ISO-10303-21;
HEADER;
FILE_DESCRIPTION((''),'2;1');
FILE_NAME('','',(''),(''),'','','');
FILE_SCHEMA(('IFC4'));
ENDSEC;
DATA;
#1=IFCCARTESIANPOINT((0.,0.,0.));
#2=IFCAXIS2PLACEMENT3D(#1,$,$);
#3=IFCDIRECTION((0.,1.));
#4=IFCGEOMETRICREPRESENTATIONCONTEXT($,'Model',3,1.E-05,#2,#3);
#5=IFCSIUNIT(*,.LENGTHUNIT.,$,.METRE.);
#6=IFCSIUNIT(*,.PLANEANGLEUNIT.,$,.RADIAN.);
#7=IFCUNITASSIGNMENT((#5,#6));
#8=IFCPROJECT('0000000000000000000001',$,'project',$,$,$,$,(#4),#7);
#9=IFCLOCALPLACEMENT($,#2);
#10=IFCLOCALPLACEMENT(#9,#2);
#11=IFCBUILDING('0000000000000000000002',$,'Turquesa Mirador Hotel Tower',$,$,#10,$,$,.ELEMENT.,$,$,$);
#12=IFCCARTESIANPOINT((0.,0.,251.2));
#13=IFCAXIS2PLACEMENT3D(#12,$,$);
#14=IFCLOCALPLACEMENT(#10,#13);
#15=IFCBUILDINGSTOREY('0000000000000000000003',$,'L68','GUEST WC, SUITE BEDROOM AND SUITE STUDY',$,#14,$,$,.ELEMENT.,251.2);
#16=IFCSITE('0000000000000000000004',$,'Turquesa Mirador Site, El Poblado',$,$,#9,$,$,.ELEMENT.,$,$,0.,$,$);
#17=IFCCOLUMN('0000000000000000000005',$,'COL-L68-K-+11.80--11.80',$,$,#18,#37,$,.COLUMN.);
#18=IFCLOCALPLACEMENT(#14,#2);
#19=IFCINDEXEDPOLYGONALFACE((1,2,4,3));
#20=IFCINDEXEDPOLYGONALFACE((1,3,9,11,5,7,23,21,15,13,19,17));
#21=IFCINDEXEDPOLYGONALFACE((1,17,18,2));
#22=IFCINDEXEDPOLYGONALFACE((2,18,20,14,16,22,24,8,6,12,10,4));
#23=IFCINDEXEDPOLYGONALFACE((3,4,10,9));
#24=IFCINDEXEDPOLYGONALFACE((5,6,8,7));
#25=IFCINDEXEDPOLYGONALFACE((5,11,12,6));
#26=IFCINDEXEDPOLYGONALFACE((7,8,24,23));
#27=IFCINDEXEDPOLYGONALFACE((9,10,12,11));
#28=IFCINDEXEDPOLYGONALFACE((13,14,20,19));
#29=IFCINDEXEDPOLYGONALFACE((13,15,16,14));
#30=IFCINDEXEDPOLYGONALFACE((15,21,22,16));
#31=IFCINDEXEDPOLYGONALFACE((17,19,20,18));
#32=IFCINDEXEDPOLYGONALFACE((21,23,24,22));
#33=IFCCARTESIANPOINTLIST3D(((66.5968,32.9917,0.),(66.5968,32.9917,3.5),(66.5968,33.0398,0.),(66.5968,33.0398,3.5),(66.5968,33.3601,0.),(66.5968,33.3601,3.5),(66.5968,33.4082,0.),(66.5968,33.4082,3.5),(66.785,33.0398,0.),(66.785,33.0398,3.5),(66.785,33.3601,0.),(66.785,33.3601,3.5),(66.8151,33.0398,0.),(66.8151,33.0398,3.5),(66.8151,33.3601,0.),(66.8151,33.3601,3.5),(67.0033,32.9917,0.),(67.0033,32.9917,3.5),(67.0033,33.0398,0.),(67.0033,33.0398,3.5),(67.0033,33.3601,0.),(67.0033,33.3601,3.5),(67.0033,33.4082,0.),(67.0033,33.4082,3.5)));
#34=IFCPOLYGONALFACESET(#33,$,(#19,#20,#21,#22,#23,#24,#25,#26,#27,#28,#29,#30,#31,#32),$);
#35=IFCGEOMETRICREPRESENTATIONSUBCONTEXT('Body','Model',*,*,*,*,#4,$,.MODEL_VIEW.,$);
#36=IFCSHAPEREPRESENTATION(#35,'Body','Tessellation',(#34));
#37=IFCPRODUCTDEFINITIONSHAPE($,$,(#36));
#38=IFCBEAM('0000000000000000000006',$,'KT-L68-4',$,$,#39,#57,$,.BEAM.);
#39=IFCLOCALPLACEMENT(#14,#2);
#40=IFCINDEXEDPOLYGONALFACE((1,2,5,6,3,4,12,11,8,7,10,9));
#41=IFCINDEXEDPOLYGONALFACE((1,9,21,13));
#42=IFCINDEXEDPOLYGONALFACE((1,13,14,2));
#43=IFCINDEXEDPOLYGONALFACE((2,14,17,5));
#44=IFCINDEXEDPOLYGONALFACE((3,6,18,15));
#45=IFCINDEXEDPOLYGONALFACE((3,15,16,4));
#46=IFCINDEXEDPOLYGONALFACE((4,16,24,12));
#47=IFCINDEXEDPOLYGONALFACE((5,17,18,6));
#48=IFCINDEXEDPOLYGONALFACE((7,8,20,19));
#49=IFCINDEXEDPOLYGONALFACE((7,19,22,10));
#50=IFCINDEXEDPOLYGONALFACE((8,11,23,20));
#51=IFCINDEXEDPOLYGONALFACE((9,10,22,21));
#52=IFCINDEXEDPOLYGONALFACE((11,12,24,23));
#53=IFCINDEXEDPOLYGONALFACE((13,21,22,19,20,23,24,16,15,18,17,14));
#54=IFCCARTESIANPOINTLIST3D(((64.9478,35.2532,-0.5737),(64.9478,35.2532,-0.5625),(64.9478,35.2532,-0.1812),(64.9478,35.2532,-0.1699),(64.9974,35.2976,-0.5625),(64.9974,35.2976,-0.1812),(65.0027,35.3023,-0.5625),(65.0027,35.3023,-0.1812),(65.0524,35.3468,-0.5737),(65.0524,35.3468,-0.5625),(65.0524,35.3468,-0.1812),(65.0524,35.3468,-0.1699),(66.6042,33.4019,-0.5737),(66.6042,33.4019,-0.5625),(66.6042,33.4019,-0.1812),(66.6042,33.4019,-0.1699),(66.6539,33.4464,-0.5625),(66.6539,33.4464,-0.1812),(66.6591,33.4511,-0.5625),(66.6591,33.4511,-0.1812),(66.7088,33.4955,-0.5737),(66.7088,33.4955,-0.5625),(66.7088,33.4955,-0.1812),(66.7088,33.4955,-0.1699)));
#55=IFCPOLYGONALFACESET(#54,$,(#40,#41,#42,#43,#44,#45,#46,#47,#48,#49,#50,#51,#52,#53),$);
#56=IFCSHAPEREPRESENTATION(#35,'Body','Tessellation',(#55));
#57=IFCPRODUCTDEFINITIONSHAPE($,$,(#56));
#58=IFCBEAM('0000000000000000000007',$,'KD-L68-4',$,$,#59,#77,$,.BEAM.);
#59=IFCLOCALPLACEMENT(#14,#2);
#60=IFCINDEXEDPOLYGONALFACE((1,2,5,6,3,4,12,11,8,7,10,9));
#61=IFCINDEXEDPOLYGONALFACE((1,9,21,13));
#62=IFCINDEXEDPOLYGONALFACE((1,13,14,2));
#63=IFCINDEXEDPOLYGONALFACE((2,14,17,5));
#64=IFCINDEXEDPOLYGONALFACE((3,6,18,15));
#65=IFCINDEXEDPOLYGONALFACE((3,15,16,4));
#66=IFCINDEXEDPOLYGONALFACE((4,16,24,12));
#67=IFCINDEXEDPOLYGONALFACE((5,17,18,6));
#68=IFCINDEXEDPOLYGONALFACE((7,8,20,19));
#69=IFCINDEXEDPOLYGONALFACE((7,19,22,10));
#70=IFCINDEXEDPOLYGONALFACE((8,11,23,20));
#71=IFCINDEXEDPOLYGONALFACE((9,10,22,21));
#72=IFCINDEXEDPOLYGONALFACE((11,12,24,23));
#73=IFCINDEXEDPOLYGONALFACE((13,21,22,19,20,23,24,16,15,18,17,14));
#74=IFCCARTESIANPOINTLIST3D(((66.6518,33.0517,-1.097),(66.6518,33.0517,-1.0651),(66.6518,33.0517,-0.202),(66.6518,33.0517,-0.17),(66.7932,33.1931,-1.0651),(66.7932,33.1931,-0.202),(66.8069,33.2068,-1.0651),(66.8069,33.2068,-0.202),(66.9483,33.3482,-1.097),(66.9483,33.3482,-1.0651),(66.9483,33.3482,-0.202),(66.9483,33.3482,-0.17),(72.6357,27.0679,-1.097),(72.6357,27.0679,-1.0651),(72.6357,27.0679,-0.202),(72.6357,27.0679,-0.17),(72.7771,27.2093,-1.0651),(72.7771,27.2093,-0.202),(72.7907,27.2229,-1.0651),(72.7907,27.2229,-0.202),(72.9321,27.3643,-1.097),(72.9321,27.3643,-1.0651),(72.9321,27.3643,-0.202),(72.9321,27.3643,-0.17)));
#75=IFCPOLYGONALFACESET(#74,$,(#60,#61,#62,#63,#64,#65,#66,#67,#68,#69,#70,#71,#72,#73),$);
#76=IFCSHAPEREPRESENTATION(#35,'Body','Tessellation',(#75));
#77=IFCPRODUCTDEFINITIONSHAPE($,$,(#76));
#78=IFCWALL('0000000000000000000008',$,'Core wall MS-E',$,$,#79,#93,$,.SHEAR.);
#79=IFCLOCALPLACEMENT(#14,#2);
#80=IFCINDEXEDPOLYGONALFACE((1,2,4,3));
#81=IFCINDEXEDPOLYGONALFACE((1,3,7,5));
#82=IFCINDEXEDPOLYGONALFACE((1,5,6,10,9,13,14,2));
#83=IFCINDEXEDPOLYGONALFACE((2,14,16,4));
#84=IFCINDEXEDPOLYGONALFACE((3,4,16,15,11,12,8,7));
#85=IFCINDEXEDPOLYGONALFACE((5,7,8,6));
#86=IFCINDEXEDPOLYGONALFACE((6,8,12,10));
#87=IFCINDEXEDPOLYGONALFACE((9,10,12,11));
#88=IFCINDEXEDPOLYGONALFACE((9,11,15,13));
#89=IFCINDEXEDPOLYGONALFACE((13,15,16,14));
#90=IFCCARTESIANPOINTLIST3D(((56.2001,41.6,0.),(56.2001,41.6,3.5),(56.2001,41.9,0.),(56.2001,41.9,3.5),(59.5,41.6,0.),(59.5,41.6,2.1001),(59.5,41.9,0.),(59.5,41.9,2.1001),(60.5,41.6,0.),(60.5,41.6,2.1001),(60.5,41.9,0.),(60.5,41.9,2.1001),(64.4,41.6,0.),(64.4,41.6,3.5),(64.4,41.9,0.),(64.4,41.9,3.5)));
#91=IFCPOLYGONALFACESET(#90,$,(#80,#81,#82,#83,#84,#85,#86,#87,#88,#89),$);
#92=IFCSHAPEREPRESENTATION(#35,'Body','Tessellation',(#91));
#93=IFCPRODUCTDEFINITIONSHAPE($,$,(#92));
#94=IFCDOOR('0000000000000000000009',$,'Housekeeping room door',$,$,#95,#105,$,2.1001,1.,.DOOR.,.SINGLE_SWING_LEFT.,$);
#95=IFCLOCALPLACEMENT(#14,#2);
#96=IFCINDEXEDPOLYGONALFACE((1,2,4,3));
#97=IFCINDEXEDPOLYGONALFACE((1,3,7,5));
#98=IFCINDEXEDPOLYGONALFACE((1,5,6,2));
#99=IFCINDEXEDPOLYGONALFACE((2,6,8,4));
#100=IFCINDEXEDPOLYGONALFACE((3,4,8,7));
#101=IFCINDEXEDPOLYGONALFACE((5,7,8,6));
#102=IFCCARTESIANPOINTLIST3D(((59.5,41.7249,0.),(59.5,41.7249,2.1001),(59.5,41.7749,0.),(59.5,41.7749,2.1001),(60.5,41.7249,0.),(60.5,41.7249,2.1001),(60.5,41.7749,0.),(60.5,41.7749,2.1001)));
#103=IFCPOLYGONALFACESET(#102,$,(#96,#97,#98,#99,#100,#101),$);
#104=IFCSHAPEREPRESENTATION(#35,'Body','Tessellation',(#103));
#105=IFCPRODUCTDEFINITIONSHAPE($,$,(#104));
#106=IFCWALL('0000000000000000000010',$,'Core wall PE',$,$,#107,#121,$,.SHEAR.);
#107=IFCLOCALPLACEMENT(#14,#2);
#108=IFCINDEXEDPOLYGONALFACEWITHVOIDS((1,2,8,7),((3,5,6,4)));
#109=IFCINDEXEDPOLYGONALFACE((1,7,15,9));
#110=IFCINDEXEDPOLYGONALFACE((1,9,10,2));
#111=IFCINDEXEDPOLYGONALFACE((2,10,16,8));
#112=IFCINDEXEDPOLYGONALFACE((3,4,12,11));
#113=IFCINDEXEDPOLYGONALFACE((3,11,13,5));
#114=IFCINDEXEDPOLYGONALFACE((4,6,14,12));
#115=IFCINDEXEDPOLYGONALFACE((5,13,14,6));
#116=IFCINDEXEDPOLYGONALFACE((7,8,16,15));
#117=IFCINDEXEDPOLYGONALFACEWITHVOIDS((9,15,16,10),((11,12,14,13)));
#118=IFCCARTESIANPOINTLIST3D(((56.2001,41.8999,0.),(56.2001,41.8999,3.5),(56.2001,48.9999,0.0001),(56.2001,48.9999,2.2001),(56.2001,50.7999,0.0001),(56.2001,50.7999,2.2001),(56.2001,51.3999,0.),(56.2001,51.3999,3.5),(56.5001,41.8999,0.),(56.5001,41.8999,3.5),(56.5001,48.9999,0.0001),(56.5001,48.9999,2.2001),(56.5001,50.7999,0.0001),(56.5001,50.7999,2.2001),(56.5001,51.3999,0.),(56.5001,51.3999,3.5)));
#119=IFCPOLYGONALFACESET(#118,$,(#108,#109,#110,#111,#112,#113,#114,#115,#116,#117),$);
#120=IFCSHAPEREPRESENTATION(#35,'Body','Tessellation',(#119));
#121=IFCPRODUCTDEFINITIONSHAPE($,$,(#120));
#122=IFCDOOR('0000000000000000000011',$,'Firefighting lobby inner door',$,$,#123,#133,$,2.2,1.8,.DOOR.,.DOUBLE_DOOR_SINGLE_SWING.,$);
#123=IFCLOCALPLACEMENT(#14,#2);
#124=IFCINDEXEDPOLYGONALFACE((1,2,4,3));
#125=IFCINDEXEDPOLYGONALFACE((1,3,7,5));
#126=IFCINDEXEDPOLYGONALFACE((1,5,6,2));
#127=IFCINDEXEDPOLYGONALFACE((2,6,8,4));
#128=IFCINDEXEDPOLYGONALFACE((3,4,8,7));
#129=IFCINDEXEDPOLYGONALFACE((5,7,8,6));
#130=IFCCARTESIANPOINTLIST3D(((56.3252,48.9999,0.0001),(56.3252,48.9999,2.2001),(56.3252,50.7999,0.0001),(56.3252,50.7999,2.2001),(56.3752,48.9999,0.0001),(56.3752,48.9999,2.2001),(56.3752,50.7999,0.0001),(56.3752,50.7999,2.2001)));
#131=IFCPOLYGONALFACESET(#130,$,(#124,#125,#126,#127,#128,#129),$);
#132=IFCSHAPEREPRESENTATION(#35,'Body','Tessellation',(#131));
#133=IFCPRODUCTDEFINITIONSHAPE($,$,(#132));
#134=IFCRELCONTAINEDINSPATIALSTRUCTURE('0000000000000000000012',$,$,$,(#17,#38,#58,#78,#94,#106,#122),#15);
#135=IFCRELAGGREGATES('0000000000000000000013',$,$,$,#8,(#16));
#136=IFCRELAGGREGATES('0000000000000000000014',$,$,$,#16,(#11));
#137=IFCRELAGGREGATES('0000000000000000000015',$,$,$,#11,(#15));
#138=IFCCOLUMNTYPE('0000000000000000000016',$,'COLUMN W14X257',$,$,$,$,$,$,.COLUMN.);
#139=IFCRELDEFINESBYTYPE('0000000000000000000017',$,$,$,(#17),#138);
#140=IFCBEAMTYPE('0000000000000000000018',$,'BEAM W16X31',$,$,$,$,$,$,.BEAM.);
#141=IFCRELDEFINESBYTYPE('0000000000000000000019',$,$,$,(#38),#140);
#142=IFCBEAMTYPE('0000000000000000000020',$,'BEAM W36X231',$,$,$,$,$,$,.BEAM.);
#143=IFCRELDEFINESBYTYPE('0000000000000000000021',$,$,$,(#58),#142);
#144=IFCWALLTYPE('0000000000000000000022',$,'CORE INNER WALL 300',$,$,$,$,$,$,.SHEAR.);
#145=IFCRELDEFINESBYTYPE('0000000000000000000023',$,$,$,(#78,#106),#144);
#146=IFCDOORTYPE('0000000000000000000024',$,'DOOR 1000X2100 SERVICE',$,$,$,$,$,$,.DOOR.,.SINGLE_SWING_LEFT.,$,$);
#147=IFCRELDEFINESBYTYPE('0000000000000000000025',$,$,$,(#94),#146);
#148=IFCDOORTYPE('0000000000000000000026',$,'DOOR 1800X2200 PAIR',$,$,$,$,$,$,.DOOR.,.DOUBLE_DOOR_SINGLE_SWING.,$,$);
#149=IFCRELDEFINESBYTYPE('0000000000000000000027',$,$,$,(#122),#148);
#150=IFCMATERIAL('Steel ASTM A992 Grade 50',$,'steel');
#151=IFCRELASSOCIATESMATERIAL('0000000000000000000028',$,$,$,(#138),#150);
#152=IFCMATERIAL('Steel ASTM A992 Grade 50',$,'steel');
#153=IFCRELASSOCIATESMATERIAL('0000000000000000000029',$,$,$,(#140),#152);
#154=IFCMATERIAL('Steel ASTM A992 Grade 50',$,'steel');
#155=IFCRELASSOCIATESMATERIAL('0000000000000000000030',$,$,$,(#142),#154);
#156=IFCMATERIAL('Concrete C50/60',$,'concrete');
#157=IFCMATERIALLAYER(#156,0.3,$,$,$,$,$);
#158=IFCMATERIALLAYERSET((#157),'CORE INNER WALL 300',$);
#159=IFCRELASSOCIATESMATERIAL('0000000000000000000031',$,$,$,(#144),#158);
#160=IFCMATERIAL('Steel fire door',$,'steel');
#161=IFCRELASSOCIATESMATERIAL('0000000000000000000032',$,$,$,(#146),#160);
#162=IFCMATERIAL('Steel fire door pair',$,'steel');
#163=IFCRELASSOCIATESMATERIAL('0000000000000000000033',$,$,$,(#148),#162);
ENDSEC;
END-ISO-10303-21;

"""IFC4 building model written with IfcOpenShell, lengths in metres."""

from ifc_helpers import new_model, si_unit, direction, frame, frame_2d, origin, origin_2d, place, context, subcontext, project, spatial, rectangle, i_section, extrude, material, layer, layer_set, material_profile, profile_set, type_object, element, fill, save


model = new_model("IFC4")

# Units and contexts
model_context = context("Model", 3, precision=1e-05, world=origin(), true_north=direction((0.0, 1.0)))
body_context = subcontext(model_context, "Body", "Model", "MODEL_VIEW")
ifc_project = project(units=[si_unit("LENGTHUNIT", "METRE"), si_unit("PLANEANGLEUNIT", "RADIAN")], contexts=[model_context])

# Site, building, storey
site_placement = place(None, origin())
site = spatial("IfcSite", under=ifc_project, at=site_placement, Name="Turquesa Mirador Site, El Poblado", CompositionType="ELEMENT", RefElevation=0.0)
building_placement = place(site_placement, origin())
building = spatial("IfcBuilding", under=site, at=building_placement, Name="Turquesa Mirador Hotel Tower", CompositionType="ELEMENT")
storey_placement = place(building_placement, frame((0.0, 0.0, 251.2)))
storey = spatial("IfcBuildingStorey", under=building, at=storey_placement, Name="L68", Description="GUEST WC, SUITE BEDROOM AND SUITE STUDY", CompositionType="ELEMENT", Elevation=251.2)

# Column
ifc_material_1 = material(Name="Steel ASTM A992 Grade 50", Category="steel")
ifc_material_profile_1 = material_profile(ifc_material_1, i_section(OverallWidth=0.4065, OverallDepth=0.4165, WebThickness=0.03, FlangeThickness=0.0481, at=origin_2d()), Name="W14X257")
ifc_profile_set_1 = profile_set([ifc_material_profile_1], Name="Steel ASTM A992 Grade 50")
column_type = type_object("IfcColumnType", Name="COLUMN W14X257", PredefinedType="COLUMN", material=ifc_profile_set_1)
column_placement = place(storey_placement, frame((66.8, 33.2, 0.0), z_axis=(0.0, 0.0, 1.0), x_axis=(1.0, 0.0, 0.0)))
element("IfcColumn", 1, at=column_placement, inside=storey, type_object=column_type, Name="COL-L68-K-+11.80--11.80", PredefinedType="COLUMN", context=body_context, shape_type="SweptSolid", body=[
    extrude(i_section(OverallWidth=0.4065, OverallDepth=0.4165, WebThickness=0.03, FlangeThickness=0.0481, at=origin_2d()), origin(), (0.0, 0.0, 1.0), 3.5),
])

# Beams
ifc_material_2 = material(Name="Steel ASTM A992 Grade 50", Category="steel")
ifc_material_profile_2 = material_profile(ifc_material_2, i_section(OverallWidth=0.1404, OverallDepth=0.4038, WebThickness=0.0071, FlangeThickness=0.0112, at=origin_2d()), Name="W16X31")
ifc_profile_set_2 = profile_set([ifc_material_profile_2], Name="Steel ASTM A992 Grade 50")
beam_type_1 = type_object("IfcBeamType", Name="BEAM W16X31", PredefinedType="BEAM", material=ifc_profile_set_2)
beam_1_placement = place(storey_placement, frame((66.6565, 33.4487, -0.3718), z_axis=(-0.666806, 0.745231, 0.0), x_axis=(-0.745231, -0.666806, 0.0)))
element("IfcBeam", 2, at=beam_1_placement, inside=storey, type_object=beam_type_1, Name="KT-L68-4", PredefinedType="BEAM", context=body_context, shape_type="SweptSolid", body=[
    extrude(i_section(OverallWidth=0.1404, OverallDepth=0.4038, WebThickness=0.0071, FlangeThickness=0.0112, at=origin_2d()), origin(), (0.0, 0.0, 1.0), 2.4841),
])
ifc_material_3 = material(Name="Steel ASTM A992 Grade 50", Category="steel")
ifc_material_profile_3 = material_profile(ifc_material_3, i_section(OverallWidth=0.4192, OverallDepth=0.927, WebThickness=0.0193, FlangeThickness=0.032, at=origin_2d()), Name="W36X231")
ifc_profile_set_3 = profile_set([ifc_material_profile_3], Name="Steel ASTM A992 Grade 50")
beam_type_2 = type_object("IfcBeamType", Name="BEAM W36X231", PredefinedType="BEAM", material=ifc_profile_set_3)
beam_2_placement = place(storey_placement, frame((66.8, 33.2, -0.6335), z_axis=(0.707107, -0.707107, 0.0), x_axis=(0.707107, 0.707107, 0.0)))
element("IfcBeam", 3, at=beam_2_placement, inside=storey, type_object=beam_type_2, Name="KD-L68-4", PredefinedType="BEAM", context=body_context, shape_type="SweptSolid", body=[
    extrude(i_section(OverallWidth=0.4192, OverallDepth=0.927, WebThickness=0.0193, FlangeThickness=0.032, at=origin_2d()), origin(), (0.0, 0.0, 1.0), 8.4624),
])

# Walls, openings, doors
ifc_material_4 = material(Name="Concrete C50/60", Category="concrete")
ifc_layer_1 = layer(ifc_material_4, 0.3)
ifc_layer_set_1 = layer_set([ifc_layer_1], Name="CORE INNER WALL 300")
wall_type_1 = type_object("IfcWallType", Name="CORE INNER WALL 300", PredefinedType="SHEAR", material=ifc_layer_set_1)
wall_1_placement = place(storey_placement, frame((56.2, 41.75, 0.0), z_axis=(0.0, 0.0, 1.0), x_axis=(1.0, 0.0, 0.0)))
wall_1 = element("IfcWall", 4, at=wall_1_placement, inside=storey, type_object=wall_type_1, Name="Core wall MS-E", PredefinedType="SHEAR", context=body_context, shape_type="SweptSolid", body=[
    extrude(rectangle(XDim=8.2, YDim=0.3, at=frame_2d((4.1001, 0.0))), origin(), (0.0, 0.0, 1.0), 3.5),
])
opening_1_placement = place(wall_1_placement, frame((3.3, 0.0, 0.0)))
opening_1 = element("IfcOpeningElement", 5, at=opening_1_placement, cuts=wall_1, PredefinedType="OPENING", context=body_context, shape_type="SweptSolid", body=[
    extrude(rectangle(XDim=1.0, YDim=2.1001, at=frame_2d((0.5, 1.05))), frame((0.0, 0.1599, 0.0), z_axis=(0.0, -1.0, 0.0), x_axis=(1.0, 0.0, 0.0)), (0.0, 0.0, 1.0), 0.3201),
])
ifc_material_5 = material(Name="Steel fire door", Category="steel")
door_type_1 = type_object("IfcDoorType", Name="DOOR 1000X2100 SERVICE", OperationType="SINGLE_SWING_LEFT", PredefinedType="DOOR", material=ifc_material_5)
door_1_placement = place(opening_1_placement, origin())
door_1 = element("IfcDoor", 6, at=door_1_placement, inside=storey, type_object=door_type_1, Name="Housekeeping room door", OperationType="SINGLE_SWING_LEFT", OverallHeight=2.1001, OverallWidth=1.0, PredefinedType="DOOR", context=body_context, shape_type="SweptSolid", body=[
    extrude(rectangle(XDim=1.0, YDim=2.1001, at=frame_2d((0.5, 1.05))), frame((0.0, 0.0249, 0.0), z_axis=(0.0, -1.0, 0.0), x_axis=(1.0, 0.0, 0.0)), (0.0, 0.0, 1.0), 0.05),
])
fill(opening_1, door_1)
wall_2_placement = place(storey_placement, frame((56.3501, 41.8999, 0.0), z_axis=(0.0, 0.0, 1.0), x_axis=(0.0, 1.0, 0.0)))
wall_2 = element("IfcWall", 7, at=wall_2_placement, inside=storey, type_object=wall_type_1, Name="Core wall PE", PredefinedType="SHEAR", context=body_context, shape_type="SweptSolid", body=[
    extrude(rectangle(XDim=9.5, YDim=0.3, at=frame_2d((4.75, 0.0))), origin(), (0.0, 0.0, 1.0), 3.5),
])
opening_2_placement = place(wall_2_placement, frame((7.1001, 0.0, 0.0)))
opening_2 = element("IfcOpeningElement", 8, at=opening_2_placement, cuts=wall_2, PredefinedType="OPENING", context=body_context, shape_type="SweptSolid", body=[
    extrude(rectangle(XDim=1.8, YDim=2.2, at=frame_2d((0.8999, 1.1001))), frame((0.0, 0.1599, 0.0), z_axis=(0.0, -1.0, 0.0), x_axis=(1.0, 0.0, 0.0)), (0.0, 0.0, 1.0), 0.3201),
])
ifc_material_6 = material(Name="Steel fire door pair", Category="steel")
door_type_2 = type_object("IfcDoorType", Name="DOOR 1800X2200 PAIR", OperationType="DOUBLE_DOOR_SINGLE_SWING", PredefinedType="DOOR", material=ifc_material_6)
door_2_placement = place(opening_2_placement, origin())
door_2 = element("IfcDoor", 9, at=door_2_placement, inside=storey, type_object=door_type_2, Name="Firefighting lobby inner door", OperationType="DOUBLE_DOOR_SINGLE_SWING", OverallHeight=2.2, OverallWidth=1.8, PredefinedType="DOOR", context=body_context, shape_type="SweptSolid", body=[
    extrude(rectangle(XDim=1.8, YDim=2.2, at=frame_2d((0.8999, 1.1001))), frame((0.0, 0.0249, 0.0), z_axis=(0.0, -1.0, 0.0), x_axis=(1.0, 0.0, 0.0)), (0.0, 0.0, 1.0), 0.05),
])
fill(opening_2, door_2)

save(model, "model.ifc")
